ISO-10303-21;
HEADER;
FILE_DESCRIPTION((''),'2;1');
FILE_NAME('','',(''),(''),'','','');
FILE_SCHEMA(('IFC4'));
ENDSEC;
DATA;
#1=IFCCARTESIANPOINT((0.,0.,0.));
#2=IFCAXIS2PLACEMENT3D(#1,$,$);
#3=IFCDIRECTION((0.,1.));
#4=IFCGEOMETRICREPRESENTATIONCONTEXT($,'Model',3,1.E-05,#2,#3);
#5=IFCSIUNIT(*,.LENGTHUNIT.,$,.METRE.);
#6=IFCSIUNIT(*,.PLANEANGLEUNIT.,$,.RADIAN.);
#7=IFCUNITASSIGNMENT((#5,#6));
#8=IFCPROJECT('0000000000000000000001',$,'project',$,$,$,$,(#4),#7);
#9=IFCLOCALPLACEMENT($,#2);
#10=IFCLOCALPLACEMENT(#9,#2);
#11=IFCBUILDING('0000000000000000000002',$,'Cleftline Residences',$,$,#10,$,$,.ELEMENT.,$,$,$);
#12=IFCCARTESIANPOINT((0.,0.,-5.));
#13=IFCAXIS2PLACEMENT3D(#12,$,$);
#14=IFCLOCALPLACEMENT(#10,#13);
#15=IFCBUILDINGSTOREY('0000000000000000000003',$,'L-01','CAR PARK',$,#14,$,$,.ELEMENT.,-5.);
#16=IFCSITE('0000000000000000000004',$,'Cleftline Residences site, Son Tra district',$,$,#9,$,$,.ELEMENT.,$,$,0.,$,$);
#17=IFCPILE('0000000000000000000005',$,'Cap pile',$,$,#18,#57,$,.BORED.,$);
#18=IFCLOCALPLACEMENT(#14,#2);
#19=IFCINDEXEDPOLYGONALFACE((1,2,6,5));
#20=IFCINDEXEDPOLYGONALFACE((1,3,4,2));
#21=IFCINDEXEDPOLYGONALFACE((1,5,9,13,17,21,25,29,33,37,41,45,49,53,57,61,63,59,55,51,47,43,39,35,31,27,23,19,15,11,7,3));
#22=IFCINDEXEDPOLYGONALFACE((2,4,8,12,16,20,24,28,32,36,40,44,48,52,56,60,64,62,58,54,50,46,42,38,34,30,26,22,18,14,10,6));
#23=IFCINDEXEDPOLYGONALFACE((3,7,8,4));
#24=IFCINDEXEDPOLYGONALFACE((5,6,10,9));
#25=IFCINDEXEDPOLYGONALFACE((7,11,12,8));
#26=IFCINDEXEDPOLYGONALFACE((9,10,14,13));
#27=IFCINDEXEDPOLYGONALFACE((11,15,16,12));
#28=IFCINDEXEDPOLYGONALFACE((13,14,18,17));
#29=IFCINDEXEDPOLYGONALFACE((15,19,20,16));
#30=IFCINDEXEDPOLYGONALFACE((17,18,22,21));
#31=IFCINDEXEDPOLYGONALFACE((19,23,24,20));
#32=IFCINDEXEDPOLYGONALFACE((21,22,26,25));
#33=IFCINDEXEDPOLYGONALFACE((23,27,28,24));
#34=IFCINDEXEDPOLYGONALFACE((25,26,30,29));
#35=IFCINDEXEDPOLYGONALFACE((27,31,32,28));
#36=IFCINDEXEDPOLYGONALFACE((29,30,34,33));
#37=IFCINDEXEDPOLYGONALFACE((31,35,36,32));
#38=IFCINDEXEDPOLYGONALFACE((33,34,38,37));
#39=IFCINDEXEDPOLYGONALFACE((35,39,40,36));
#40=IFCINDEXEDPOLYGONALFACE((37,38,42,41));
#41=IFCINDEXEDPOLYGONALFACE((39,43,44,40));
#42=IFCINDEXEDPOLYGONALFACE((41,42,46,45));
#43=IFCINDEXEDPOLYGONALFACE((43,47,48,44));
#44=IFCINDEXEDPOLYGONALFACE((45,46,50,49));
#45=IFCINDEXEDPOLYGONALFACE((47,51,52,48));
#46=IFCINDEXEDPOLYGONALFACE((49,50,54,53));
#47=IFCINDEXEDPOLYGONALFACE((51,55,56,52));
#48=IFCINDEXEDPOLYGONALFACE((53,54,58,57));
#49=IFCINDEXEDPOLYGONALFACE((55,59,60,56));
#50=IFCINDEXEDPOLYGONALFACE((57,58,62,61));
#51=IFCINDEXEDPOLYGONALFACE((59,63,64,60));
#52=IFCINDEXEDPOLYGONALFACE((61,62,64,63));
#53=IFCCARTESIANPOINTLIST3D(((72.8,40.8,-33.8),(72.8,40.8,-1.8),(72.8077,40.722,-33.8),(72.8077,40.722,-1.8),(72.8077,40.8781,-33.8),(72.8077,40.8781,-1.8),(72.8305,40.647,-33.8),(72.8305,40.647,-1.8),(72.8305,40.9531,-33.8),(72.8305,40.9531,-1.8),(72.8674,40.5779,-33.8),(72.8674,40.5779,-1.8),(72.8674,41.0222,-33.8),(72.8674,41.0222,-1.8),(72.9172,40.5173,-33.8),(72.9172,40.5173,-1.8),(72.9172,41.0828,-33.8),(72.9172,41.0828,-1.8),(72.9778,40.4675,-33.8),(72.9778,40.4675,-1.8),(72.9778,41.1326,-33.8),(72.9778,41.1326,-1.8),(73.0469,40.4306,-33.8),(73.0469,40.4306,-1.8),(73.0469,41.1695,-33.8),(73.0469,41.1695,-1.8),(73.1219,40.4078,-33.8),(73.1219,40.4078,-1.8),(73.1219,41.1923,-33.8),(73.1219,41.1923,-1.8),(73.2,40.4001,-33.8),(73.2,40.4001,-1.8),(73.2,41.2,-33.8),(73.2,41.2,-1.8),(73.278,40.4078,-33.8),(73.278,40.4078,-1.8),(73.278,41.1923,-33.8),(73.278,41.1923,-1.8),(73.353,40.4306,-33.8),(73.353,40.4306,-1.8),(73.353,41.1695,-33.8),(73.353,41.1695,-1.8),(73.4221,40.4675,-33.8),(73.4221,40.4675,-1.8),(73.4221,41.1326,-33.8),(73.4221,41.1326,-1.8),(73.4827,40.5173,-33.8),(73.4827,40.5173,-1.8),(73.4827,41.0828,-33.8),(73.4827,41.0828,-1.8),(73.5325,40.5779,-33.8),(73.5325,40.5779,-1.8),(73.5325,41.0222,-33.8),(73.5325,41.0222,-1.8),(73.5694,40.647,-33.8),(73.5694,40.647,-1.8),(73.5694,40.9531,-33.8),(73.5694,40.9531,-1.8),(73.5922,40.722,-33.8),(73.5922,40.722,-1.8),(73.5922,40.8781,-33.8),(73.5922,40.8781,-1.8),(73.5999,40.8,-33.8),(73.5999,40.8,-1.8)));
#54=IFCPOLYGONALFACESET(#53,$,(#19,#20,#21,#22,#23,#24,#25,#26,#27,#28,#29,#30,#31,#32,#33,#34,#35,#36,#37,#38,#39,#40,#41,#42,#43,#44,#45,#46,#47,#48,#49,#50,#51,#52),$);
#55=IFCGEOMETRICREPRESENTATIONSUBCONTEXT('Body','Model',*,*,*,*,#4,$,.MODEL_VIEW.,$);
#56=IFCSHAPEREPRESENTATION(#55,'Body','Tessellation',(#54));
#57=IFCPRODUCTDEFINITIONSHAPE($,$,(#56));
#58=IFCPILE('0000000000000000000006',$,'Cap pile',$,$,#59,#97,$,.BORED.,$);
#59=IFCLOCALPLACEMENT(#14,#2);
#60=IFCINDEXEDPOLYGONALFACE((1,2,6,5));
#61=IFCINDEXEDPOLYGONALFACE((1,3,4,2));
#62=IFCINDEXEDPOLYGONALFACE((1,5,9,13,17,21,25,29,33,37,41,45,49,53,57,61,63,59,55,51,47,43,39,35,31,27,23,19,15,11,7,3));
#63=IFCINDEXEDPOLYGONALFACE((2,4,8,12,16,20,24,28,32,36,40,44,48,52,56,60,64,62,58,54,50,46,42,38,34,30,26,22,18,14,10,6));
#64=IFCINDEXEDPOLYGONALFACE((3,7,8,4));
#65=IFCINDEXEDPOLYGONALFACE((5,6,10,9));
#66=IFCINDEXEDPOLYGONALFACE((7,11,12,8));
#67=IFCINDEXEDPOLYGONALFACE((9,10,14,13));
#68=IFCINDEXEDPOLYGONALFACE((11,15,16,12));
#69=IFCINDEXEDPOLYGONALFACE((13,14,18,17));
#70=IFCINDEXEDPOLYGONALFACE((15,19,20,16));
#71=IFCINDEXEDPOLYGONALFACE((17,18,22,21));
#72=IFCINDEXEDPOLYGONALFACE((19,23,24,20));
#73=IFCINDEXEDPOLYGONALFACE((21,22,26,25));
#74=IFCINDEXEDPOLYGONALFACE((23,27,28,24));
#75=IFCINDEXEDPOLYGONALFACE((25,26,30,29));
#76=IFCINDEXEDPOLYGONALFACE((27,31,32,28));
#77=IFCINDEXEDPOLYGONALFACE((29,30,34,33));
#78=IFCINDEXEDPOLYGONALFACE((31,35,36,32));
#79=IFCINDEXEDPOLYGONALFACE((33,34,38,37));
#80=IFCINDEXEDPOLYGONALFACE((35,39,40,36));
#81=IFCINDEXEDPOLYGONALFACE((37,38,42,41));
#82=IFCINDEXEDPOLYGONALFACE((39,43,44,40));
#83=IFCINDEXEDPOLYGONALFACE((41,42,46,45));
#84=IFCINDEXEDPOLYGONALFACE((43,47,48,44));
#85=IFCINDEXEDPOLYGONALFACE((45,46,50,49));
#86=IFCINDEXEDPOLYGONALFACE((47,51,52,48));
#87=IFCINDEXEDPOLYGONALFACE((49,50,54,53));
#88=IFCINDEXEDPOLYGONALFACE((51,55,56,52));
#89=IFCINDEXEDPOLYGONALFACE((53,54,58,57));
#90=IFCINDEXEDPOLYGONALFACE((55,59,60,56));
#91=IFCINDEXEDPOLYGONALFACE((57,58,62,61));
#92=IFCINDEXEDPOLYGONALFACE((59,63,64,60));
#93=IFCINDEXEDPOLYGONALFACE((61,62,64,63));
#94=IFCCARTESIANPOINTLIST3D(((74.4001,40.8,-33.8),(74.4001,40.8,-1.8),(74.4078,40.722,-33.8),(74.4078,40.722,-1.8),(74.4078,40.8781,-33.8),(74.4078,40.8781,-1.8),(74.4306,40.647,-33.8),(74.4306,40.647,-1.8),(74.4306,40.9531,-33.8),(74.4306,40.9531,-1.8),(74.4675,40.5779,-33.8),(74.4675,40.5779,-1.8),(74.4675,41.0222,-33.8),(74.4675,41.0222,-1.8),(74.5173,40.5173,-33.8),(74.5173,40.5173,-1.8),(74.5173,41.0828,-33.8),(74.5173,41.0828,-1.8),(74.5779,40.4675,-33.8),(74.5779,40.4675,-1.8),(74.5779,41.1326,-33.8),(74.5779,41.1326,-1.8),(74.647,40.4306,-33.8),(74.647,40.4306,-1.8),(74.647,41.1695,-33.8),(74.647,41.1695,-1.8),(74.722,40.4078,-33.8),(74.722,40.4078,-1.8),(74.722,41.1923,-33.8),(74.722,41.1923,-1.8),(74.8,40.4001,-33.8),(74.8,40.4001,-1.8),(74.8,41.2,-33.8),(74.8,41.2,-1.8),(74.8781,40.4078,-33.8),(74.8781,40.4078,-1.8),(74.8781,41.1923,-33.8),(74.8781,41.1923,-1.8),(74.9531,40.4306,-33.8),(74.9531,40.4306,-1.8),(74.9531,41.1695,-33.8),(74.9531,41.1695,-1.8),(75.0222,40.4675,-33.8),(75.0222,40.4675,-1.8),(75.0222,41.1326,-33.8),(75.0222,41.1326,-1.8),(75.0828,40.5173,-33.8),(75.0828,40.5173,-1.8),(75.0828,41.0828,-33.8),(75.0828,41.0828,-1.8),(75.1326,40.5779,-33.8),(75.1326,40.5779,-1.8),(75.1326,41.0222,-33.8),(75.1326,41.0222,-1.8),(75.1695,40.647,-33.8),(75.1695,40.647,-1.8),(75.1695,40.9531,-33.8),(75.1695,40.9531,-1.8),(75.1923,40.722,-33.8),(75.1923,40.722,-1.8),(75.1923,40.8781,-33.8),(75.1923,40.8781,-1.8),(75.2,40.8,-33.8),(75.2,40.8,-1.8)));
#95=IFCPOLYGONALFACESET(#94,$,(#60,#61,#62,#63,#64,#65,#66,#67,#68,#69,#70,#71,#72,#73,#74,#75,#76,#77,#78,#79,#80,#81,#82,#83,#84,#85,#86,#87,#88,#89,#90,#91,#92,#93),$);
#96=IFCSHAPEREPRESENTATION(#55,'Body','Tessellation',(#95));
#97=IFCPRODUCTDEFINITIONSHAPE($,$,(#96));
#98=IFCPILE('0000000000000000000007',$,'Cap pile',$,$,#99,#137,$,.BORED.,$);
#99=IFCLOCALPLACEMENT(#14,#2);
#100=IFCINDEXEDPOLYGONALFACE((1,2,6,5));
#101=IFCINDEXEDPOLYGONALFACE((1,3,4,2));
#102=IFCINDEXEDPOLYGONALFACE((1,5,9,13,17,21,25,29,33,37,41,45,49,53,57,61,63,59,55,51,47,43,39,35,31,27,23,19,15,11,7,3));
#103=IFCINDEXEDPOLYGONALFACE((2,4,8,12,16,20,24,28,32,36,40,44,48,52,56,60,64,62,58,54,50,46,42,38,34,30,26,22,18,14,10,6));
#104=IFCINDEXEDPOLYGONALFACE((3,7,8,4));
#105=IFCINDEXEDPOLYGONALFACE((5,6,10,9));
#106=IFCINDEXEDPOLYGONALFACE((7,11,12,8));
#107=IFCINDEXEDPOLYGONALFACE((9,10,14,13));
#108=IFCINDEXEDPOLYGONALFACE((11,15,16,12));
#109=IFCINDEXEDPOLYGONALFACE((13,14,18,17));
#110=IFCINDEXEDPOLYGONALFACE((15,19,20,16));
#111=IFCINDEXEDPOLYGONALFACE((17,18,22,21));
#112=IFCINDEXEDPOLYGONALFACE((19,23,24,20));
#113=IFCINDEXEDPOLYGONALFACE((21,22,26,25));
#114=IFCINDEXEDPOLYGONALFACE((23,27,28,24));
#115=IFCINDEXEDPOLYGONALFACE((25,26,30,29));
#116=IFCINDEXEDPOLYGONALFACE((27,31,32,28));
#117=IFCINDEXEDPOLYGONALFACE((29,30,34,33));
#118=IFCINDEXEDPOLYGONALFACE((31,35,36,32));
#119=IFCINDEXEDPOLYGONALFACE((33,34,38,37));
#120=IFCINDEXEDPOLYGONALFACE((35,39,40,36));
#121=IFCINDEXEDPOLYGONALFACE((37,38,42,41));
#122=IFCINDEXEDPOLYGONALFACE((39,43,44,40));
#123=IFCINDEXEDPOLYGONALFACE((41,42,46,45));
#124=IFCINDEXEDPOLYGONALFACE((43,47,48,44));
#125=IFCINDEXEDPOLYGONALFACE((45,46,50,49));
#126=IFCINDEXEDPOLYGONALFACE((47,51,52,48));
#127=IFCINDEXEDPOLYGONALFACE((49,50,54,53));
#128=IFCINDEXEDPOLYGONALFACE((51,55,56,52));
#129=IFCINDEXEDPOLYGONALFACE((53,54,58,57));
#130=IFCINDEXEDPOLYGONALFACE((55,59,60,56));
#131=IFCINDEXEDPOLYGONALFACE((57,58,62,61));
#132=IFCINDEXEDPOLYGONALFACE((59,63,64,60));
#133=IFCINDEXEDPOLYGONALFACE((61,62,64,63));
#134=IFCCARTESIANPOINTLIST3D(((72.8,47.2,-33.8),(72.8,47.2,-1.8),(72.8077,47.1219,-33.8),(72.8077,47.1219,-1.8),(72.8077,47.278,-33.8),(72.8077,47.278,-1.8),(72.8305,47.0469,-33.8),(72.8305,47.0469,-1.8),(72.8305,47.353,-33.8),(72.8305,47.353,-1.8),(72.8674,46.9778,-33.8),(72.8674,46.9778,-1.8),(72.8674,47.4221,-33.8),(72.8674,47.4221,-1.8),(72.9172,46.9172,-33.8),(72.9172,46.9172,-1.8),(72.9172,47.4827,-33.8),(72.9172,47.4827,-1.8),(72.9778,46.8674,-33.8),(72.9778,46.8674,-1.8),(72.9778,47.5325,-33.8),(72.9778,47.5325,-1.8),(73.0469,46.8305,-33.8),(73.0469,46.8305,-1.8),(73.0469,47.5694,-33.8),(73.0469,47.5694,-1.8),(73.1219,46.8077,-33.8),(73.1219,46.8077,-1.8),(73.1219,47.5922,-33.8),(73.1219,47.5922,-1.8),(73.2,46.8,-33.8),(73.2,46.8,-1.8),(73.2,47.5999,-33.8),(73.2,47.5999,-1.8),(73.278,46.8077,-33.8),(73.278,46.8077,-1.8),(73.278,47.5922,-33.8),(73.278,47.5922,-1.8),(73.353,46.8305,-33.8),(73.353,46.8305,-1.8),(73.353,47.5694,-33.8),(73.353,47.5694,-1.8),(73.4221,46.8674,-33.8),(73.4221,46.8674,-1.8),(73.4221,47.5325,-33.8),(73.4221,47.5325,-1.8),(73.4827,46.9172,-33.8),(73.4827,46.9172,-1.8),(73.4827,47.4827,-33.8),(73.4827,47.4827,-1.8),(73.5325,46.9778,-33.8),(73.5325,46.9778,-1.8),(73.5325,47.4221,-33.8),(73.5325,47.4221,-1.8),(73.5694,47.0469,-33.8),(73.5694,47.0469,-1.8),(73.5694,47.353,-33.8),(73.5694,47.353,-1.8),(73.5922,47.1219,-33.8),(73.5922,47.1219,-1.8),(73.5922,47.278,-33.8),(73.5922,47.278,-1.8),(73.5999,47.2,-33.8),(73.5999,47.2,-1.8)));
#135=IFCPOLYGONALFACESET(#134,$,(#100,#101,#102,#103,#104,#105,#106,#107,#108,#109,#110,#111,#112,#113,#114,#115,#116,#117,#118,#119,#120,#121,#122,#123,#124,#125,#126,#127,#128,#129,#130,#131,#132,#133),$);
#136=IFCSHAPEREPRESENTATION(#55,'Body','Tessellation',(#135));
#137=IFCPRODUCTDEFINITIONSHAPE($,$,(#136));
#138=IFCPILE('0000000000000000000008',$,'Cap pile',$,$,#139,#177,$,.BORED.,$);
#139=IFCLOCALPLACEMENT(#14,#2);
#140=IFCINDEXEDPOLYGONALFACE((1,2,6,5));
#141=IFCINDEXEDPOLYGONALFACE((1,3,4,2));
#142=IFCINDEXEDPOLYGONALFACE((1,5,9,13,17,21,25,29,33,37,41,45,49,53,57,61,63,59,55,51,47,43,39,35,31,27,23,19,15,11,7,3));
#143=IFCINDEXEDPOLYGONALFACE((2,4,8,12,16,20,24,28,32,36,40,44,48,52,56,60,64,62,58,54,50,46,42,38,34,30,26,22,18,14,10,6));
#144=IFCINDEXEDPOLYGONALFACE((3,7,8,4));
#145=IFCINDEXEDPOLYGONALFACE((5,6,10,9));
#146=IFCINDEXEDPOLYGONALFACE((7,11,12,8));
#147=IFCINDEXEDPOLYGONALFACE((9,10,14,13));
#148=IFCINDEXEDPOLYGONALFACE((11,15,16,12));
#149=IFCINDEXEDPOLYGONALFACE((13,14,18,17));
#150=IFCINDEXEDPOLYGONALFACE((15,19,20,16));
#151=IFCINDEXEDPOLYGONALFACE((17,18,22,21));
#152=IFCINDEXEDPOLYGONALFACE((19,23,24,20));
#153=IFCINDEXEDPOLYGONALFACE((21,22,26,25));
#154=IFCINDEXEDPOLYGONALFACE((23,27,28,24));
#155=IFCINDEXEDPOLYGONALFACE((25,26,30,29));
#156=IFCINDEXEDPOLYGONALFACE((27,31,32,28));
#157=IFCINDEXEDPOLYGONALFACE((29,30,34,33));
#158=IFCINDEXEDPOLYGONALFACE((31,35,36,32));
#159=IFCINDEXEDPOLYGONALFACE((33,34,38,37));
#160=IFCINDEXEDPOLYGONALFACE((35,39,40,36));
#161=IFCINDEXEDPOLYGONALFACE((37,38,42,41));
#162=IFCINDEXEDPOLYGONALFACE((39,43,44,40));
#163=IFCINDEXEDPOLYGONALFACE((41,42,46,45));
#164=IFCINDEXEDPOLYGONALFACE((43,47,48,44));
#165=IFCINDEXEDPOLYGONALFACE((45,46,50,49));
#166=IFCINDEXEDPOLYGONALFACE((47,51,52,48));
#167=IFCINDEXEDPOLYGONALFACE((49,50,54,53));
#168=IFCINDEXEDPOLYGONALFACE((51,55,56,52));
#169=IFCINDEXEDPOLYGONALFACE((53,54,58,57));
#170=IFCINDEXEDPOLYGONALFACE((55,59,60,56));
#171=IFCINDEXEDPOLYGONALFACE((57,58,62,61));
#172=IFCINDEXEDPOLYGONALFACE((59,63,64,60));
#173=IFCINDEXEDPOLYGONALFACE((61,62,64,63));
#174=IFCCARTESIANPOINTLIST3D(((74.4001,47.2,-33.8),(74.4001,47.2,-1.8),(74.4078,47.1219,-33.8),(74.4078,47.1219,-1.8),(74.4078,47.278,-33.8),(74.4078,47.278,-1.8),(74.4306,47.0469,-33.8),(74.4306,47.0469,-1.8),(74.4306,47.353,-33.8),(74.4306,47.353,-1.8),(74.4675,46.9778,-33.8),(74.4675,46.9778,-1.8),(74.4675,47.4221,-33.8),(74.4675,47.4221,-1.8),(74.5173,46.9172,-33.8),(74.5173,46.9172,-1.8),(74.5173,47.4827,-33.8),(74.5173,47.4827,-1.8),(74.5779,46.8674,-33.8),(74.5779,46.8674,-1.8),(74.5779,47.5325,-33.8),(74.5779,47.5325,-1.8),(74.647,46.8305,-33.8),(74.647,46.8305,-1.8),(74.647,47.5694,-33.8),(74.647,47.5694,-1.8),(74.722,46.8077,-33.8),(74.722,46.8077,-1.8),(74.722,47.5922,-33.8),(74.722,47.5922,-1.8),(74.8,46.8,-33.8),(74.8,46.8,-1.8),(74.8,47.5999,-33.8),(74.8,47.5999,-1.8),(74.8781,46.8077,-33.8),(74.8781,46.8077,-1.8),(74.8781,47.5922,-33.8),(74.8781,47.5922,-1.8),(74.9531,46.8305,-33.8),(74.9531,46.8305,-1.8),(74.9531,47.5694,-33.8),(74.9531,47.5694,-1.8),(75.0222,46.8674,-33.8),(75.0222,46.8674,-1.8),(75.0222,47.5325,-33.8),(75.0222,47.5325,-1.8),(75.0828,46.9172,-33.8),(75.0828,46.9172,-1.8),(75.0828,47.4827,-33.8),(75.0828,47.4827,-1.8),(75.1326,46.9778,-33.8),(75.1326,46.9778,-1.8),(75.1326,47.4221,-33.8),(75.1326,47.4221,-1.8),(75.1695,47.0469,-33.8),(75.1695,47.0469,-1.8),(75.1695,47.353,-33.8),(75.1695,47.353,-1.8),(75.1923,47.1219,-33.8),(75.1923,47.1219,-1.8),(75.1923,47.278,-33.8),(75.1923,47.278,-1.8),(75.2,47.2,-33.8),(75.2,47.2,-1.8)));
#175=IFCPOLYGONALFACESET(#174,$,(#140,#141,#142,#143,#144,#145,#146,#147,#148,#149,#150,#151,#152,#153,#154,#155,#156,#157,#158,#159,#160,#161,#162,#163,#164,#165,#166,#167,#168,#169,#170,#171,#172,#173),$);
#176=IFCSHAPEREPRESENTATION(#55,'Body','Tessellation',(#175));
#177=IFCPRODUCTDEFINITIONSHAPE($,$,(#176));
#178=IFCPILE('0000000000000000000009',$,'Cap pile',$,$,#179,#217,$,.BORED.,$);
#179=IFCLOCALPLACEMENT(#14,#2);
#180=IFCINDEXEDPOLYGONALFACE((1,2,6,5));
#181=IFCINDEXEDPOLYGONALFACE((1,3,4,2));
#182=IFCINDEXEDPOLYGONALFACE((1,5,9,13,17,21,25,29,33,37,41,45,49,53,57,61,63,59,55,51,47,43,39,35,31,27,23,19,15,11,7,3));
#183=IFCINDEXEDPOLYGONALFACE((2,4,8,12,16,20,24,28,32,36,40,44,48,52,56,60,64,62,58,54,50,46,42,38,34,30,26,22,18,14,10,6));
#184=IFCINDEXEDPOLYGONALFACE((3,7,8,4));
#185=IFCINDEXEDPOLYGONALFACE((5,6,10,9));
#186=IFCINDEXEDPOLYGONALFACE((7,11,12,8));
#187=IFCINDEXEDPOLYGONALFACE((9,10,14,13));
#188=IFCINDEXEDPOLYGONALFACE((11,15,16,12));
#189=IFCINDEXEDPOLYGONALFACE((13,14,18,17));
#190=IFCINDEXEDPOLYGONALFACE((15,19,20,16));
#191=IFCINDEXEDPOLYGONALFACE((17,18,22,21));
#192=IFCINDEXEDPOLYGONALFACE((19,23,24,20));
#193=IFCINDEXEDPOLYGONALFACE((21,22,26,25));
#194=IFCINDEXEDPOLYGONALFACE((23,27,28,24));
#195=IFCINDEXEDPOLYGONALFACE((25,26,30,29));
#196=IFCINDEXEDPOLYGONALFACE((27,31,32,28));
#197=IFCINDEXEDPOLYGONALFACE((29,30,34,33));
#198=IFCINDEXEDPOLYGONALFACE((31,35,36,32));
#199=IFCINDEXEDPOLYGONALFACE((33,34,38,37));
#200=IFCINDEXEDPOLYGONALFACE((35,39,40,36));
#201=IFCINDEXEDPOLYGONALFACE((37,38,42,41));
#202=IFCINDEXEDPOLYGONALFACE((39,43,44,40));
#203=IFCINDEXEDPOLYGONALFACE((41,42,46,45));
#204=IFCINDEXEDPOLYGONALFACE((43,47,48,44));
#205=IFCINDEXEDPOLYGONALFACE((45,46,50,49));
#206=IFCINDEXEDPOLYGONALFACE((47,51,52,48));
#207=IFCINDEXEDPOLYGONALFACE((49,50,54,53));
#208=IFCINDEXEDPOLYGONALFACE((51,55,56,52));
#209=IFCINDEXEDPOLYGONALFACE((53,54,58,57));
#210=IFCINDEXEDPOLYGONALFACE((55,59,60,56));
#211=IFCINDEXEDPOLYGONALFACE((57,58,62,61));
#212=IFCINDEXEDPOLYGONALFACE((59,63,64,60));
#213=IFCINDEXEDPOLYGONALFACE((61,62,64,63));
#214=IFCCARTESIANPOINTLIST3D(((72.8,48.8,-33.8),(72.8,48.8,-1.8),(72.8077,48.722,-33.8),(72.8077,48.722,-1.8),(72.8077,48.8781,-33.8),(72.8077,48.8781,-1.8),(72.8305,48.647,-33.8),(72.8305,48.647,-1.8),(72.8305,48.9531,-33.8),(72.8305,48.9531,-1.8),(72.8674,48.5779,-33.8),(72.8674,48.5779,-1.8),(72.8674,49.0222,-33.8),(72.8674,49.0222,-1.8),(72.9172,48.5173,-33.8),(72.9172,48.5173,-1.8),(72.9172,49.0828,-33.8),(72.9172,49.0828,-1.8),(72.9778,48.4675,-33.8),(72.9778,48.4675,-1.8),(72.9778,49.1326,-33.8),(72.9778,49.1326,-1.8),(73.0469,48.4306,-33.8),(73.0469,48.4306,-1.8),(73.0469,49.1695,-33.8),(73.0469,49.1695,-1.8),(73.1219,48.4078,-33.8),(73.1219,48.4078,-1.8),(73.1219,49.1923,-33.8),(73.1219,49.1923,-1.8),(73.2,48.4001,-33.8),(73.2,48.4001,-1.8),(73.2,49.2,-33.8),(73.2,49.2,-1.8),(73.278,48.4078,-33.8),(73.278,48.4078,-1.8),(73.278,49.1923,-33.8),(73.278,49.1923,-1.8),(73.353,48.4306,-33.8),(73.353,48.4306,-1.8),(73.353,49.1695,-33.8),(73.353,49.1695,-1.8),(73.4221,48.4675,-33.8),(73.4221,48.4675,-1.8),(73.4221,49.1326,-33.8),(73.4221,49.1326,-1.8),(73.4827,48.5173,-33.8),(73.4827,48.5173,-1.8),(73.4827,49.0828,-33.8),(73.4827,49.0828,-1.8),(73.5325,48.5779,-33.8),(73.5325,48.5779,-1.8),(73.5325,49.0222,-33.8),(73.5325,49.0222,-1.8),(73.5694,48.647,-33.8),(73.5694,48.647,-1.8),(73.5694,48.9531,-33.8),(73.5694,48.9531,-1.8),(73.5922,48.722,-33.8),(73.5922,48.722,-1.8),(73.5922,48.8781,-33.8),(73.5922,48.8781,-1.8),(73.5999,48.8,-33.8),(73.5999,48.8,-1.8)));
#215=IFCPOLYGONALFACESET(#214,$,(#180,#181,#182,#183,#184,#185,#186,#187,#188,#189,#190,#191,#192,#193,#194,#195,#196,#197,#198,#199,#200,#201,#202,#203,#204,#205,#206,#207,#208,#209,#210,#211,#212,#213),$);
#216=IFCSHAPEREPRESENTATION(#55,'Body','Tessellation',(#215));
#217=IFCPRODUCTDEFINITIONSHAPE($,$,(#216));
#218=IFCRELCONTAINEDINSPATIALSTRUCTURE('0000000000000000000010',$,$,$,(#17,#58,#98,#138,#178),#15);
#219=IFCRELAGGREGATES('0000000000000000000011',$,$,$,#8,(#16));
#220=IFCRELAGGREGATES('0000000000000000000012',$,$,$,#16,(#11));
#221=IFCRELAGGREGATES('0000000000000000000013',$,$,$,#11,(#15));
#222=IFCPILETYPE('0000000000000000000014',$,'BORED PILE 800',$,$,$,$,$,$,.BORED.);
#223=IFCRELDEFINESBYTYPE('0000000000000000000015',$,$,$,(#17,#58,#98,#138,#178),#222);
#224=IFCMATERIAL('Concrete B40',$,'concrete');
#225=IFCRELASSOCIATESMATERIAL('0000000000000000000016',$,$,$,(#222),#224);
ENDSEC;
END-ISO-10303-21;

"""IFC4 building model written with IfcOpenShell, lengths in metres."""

from ifc_helpers import new_model, si_unit, direction, frame, origin, origin_2d, place, context, subcontext, project, spatial, circle, extrude, material, material_profile, profile_set, type_object, element, save


model = new_model("IFC4")

# Units and contexts
model_context = context("Model", 3, precision=1e-05, world=origin(), true_north=direction((0.0, 1.0)))
body_context = subcontext(model_context, "Body", "Model", "MODEL_VIEW")
ifc_project = project(units=[si_unit("LENGTHUNIT", "METRE"), si_unit("PLANEANGLEUNIT", "RADIAN")], contexts=[model_context])

# Site, building, storey
site_placement = place(None, origin())
site = spatial("IfcSite", under=ifc_project, at=site_placement, Name="Cleftline Residences site, Son Tra district", CompositionType="ELEMENT", RefElevation=0.0)
building_placement = place(site_placement, origin())
building = spatial("IfcBuilding", under=site, at=building_placement, Name="Cleftline Residences", CompositionType="ELEMENT")
storey_placement = place(building_placement, frame((0.0, 0.0, -5.0)))
storey = spatial("IfcBuildingStorey", under=building, at=storey_placement, Name="L-01", Description="CAR PARK", CompositionType="ELEMENT", Elevation=-5.0)

# Piles
ifc_material_1 = material(Name="Concrete B40", Category="concrete")
ifc_material_profile_1 = material_profile(ifc_material_1, circle(Radius=0.3999, at=origin_2d()))
ifc_profile_set_1 = profile_set([ifc_material_profile_1], Name="Concrete B40")
pile_type = type_object("IfcPileType", Name="BORED PILE 800", PredefinedType="BORED", material=ifc_profile_set_1)
for number, where, z_axis, x_axis, name in (
    (1, (73.2, 40.8, -1.8), (0.0, 0.0, -1.0), (1.0, 0.0, 0.0), "Cap pile"),
    (2, (74.8, 40.8, -1.8), (0.0, 0.0, -1.0), (1.0, 0.0, 0.0), "Cap pile"),
    (3, (73.2, 47.2, -1.8), (0.0, 0.0, -1.0), (1.0, 0.0, 0.0), "Cap pile"),
    (4, (74.8, 47.2, -1.8), (0.0, 0.0, -1.0), (1.0, 0.0, 0.0), "Cap pile"),
    (5, (73.2, 48.8, -1.8), (0.0, 0.0, -1.0), (1.0, 0.0, 0.0), "Cap pile"),
):
    element("IfcPile", number, at=place(storey_placement, frame(where, z_axis=z_axis, x_axis=x_axis)), inside=storey, type_object=pile_type, Name=name, PredefinedType="BORED", context=body_context, shape_type="SweptSolid", body=[
        extrude(circle(Radius=0.3999, at=origin_2d()), origin(), (0.0, 0.0, 1.0), 32.0),
    ])

save(model, "model.ifc")
